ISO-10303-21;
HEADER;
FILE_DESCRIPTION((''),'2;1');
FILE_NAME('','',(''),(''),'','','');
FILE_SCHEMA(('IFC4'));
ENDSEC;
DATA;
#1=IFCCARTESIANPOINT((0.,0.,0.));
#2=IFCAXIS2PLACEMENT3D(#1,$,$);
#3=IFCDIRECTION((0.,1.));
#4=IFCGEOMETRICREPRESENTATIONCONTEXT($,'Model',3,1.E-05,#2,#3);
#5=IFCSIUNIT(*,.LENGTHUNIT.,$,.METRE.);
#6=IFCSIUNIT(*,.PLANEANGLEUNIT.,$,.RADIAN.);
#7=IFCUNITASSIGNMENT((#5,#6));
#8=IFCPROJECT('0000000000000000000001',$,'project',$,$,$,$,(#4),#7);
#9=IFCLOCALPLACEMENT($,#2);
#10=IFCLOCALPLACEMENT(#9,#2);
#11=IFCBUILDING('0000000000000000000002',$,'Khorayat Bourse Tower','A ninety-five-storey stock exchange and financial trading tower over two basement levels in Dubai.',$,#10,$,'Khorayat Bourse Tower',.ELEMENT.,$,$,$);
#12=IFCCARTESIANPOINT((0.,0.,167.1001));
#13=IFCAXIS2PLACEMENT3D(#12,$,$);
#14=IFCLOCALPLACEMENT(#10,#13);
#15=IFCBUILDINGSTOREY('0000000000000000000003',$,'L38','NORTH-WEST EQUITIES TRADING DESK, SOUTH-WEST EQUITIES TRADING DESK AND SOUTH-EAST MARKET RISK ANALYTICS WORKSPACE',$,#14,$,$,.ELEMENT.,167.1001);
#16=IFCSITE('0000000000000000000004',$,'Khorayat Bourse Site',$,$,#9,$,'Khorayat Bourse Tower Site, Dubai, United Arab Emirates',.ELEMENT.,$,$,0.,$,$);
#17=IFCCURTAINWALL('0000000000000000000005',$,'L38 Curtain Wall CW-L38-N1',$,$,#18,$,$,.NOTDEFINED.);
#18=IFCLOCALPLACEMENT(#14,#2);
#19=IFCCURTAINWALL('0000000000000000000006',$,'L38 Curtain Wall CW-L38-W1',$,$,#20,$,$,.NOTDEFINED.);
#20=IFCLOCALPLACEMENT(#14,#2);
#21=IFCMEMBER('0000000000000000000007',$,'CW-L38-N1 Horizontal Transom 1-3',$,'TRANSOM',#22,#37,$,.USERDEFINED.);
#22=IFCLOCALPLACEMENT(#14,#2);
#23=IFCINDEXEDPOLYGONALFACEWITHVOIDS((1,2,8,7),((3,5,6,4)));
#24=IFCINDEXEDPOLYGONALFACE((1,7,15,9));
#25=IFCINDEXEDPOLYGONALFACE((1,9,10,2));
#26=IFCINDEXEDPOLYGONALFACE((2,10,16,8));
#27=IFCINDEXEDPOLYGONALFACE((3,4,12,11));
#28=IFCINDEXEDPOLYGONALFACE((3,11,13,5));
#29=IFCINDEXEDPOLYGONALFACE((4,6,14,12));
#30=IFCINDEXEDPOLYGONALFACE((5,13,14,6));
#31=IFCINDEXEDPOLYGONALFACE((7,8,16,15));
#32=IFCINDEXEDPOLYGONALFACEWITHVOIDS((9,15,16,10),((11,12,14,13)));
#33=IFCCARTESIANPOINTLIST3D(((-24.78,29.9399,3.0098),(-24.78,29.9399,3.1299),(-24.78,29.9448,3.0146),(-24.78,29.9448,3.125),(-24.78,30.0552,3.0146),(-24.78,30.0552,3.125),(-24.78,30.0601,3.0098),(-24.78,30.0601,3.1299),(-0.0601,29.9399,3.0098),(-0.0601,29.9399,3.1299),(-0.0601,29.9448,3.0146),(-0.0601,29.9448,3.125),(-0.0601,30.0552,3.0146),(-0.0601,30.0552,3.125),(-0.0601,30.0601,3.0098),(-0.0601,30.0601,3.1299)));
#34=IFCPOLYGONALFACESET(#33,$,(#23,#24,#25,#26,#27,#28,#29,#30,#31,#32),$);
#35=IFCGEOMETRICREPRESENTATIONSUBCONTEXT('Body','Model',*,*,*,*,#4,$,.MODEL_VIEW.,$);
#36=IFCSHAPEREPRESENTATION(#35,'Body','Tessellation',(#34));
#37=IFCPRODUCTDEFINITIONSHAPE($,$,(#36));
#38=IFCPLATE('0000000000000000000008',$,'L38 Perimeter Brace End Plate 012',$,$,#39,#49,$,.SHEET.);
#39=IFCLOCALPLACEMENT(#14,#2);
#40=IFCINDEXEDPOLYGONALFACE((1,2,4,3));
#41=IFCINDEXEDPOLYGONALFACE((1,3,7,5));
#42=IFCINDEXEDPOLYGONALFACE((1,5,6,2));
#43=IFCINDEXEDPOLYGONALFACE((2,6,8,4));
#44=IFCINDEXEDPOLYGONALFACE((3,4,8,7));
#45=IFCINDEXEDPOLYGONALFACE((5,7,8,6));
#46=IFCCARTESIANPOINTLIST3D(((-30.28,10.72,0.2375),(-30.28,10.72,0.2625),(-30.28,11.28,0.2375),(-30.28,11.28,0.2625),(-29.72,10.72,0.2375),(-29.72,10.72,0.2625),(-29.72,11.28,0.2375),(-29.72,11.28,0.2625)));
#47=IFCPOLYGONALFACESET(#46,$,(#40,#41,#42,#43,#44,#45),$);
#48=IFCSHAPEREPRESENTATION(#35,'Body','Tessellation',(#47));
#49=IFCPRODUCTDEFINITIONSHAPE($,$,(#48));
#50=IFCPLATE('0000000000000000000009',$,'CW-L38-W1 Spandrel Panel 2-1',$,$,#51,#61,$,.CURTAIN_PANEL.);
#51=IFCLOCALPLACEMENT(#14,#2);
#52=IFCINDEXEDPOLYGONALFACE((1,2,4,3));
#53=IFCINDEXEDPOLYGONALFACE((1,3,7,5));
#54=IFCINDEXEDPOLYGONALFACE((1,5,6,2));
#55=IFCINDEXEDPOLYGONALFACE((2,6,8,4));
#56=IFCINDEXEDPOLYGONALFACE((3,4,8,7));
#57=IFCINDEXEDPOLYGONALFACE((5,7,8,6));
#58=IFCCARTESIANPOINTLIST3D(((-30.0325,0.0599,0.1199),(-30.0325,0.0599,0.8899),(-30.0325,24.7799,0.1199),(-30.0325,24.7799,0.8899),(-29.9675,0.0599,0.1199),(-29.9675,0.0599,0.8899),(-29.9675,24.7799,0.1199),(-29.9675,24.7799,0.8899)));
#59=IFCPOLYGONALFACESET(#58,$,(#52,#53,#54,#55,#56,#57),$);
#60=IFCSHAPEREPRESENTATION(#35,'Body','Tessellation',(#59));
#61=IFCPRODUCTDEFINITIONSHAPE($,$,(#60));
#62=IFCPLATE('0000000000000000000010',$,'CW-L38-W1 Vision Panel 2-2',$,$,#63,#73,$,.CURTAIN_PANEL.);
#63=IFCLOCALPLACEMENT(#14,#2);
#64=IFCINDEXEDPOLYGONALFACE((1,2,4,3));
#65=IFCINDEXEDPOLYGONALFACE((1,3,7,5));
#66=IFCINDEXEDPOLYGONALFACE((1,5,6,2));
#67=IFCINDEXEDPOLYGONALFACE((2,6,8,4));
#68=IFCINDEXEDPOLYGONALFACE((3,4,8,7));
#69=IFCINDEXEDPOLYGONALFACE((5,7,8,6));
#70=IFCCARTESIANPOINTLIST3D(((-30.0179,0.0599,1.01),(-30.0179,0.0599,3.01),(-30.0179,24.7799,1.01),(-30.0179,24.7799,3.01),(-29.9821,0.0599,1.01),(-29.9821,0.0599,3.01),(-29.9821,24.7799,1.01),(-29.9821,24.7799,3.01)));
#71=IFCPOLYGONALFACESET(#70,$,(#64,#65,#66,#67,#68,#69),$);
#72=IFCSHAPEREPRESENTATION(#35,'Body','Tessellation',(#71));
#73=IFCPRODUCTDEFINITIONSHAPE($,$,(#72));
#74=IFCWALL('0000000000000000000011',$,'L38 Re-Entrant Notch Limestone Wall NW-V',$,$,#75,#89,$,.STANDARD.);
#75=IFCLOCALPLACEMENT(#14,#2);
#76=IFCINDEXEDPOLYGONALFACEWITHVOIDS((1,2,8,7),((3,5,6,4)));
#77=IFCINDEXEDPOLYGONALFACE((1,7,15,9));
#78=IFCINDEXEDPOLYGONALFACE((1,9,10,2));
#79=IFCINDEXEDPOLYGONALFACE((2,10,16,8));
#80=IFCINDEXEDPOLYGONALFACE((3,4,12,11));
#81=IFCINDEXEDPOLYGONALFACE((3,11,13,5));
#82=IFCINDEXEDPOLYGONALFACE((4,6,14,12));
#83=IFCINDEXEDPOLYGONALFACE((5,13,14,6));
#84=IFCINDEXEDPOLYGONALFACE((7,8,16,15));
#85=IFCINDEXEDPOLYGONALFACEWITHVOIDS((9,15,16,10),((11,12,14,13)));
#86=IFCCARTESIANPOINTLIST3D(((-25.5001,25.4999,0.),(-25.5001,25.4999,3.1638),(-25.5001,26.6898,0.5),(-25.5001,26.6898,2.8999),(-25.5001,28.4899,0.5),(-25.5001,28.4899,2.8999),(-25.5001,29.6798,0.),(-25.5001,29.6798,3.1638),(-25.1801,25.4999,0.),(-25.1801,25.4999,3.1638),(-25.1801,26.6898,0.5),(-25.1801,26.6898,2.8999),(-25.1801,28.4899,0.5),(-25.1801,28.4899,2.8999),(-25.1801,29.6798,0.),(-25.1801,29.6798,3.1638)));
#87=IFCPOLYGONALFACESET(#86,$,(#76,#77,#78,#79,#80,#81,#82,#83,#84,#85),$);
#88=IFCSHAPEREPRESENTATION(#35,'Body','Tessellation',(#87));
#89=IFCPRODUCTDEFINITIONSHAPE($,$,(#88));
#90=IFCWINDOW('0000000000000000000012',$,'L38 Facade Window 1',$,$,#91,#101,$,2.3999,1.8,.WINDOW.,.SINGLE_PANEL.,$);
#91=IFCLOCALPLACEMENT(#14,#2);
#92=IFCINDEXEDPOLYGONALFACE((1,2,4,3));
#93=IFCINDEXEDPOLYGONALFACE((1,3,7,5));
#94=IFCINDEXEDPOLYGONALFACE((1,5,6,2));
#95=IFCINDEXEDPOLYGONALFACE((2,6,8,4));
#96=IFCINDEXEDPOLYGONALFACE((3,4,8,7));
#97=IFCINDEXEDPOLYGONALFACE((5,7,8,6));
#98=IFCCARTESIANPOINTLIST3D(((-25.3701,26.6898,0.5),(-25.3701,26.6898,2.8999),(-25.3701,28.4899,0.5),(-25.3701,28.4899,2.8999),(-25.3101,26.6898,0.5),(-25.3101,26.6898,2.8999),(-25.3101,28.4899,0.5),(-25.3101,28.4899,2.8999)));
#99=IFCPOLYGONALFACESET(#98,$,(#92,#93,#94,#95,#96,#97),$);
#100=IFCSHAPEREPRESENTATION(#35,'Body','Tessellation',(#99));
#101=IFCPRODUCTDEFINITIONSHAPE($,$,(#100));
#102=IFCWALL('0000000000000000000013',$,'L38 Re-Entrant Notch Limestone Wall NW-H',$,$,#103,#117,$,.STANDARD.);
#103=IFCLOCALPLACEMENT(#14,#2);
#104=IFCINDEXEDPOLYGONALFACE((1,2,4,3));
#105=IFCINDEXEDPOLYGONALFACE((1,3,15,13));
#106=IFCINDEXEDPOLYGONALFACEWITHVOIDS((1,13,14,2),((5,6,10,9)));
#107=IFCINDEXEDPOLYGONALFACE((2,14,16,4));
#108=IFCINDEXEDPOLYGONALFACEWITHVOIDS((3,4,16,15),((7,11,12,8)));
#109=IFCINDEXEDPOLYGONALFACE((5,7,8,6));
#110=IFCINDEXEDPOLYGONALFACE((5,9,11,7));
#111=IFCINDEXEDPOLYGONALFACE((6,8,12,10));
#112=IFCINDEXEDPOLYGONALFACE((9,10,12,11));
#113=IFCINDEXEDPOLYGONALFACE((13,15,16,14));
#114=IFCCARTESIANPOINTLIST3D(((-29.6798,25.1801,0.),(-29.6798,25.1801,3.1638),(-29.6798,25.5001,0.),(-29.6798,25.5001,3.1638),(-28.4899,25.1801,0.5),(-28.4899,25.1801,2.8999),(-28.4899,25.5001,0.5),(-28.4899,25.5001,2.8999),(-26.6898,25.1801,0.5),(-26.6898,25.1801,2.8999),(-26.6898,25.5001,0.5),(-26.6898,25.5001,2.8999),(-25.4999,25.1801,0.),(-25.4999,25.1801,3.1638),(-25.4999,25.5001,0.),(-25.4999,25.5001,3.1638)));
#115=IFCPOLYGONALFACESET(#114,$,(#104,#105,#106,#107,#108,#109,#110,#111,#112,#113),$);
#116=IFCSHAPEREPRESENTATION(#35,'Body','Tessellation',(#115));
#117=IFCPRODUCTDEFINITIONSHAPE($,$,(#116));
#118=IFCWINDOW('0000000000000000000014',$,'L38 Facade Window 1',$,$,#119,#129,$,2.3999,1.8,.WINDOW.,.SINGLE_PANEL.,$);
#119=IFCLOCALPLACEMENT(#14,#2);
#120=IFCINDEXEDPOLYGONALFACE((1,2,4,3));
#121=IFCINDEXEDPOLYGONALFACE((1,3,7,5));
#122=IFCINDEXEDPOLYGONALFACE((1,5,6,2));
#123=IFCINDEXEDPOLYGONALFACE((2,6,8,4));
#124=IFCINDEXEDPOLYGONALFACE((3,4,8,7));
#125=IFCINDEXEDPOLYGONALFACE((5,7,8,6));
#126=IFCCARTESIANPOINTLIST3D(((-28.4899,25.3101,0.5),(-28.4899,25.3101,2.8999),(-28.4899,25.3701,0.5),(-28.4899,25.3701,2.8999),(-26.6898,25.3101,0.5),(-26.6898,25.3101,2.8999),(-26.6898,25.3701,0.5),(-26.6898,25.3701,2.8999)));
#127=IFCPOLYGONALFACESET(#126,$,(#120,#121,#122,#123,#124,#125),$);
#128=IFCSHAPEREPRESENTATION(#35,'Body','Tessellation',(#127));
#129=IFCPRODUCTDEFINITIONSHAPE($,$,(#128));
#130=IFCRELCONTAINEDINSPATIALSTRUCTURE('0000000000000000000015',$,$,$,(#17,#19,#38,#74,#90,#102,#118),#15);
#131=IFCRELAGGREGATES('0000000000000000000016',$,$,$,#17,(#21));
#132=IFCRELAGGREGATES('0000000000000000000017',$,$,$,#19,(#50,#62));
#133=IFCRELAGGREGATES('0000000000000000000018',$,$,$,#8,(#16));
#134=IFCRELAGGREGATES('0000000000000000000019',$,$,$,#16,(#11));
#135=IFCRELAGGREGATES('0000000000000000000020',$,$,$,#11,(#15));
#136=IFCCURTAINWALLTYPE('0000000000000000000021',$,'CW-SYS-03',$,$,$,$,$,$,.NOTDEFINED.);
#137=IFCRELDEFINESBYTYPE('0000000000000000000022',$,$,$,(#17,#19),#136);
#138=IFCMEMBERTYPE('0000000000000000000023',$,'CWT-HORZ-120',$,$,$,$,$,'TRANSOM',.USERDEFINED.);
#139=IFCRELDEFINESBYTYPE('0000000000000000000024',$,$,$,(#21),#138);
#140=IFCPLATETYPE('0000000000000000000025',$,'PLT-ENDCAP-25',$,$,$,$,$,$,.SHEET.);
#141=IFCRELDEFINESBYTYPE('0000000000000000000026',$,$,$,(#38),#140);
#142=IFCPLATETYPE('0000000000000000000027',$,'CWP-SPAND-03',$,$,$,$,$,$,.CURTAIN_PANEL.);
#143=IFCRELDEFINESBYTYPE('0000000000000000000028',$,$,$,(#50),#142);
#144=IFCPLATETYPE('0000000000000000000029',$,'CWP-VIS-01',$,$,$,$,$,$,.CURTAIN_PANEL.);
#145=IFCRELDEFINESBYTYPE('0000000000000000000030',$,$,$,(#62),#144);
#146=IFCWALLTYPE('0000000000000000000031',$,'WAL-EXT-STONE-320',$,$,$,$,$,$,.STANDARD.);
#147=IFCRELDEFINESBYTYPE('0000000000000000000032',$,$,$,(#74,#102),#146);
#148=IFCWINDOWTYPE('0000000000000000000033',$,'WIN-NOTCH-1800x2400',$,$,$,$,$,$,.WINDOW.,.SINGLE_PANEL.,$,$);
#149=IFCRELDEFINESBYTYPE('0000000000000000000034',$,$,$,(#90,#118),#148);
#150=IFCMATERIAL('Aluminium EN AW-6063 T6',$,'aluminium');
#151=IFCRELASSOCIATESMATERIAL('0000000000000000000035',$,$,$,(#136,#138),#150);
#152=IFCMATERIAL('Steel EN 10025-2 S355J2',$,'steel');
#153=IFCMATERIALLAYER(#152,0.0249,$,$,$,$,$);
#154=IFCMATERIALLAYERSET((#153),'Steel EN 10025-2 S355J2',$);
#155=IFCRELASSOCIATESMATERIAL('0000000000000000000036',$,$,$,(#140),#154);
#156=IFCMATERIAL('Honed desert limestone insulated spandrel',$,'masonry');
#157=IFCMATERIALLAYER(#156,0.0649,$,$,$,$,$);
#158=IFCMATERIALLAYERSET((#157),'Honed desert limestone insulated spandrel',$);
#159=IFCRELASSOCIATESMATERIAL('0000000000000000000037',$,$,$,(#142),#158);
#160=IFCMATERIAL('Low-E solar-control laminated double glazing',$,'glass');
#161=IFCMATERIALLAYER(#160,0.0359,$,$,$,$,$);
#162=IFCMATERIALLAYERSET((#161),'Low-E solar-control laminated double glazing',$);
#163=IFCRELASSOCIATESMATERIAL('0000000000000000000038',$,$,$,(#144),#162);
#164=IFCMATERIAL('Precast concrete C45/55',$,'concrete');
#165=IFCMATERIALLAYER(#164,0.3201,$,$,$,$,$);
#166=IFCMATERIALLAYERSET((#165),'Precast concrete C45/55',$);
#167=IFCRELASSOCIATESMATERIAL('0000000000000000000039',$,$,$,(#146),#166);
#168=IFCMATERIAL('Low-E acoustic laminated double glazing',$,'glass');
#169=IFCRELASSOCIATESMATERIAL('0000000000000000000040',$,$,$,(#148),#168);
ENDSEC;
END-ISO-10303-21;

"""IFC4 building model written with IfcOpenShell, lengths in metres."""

from ifc_helpers import new_model, si_unit, direction, frame, frame_2d, origin, origin_2d, place, context, subcontext, project, spatial, rectangle, hollow_rectangle, extrude, source, transform, mapped, material, layer, layer_set, material_profile, profile_set, type_object, element, fill, aggregate, save


model = new_model("IFC4")

# Units and contexts
model_context = context("Model", 3, precision=1e-05, world=origin(), true_north=direction((0.0, 1.0)))
body_context = subcontext(model_context, "Body", "Model", "MODEL_VIEW")
ifc_project = project(units=[si_unit("LENGTHUNIT", "METRE"), si_unit("PLANEANGLEUNIT", "RADIAN")], contexts=[model_context])

# Site, building, storey
site_placement = place(None, origin())
site = spatial("IfcSite", under=ifc_project, at=site_placement, Name="Khorayat Bourse Site", LongName="Khorayat Bourse Tower Site, Dubai, United Arab Emirates", CompositionType="ELEMENT", RefElevation=0.0)
building_placement = place(site_placement, origin())
building = spatial("IfcBuilding", under=site, at=building_placement, Name="Khorayat Bourse Tower", Description="A ninety-five-storey stock exchange and financial trading tower over two basement levels in Dubai.", LongName="Khorayat Bourse Tower", CompositionType="ELEMENT")
storey_placement = place(building_placement, frame((0.0, 0.0, 167.1001)))
storey = spatial("IfcBuildingStorey", under=building, at=storey_placement, Name="L38", Description="NORTH-WEST EQUITIES TRADING DESK, SOUTH-WEST EQUITIES TRADING DESK AND SOUTH-EAST MARKET RISK ANALYTICS WORKSPACE", CompositionType="ELEMENT", Elevation=167.1001)

# Curtain wall
ifc_material_1 = material(Name="Aluminium EN AW-6063 T6", Category="aluminium")
curtain_wall_type = type_object("IfcCurtainWallType", Name="CW-SYS-03", PredefinedType="NOTDEFINED", material=ifc_material_1)
curtain_wall_1_placement = place(storey_placement, origin())
curtain_wall_1 = element("IfcCurtainWall", 1, at=curtain_wall_1_placement, inside=storey, type_object=curtain_wall_type, Name="L38 Curtain Wall CW-L38-N1", PredefinedType="NOTDEFINED")

# Curtain wall
curtain_wall_2_placement = place(storey_placement, origin())
curtain_wall_2 = element("IfcCurtainWall", 2, at=curtain_wall_2_placement, inside=storey, type_object=curtain_wall_type, Name="L38 Curtain Wall CW-L38-W1", PredefinedType="NOTDEFINED")

# Member
ifc_material_profile_1 = material_profile(ifc_material_1, hollow_rectangle(XDim=0.1201, YDim=0.1201, WallThickness=0.0049, at=origin_2d()), Name="ALU 120x120x5")
ifc_profile_set_1 = profile_set([ifc_material_profile_1], Name="Aluminium EN AW-6063 T6")
member_type_1 = type_object("IfcMemberType", Name="CWT-HORZ-120", ElementType="TRANSOM", PredefinedType="USERDEFINED", material=ifc_profile_set_1)
shared_shape_1 = source(origin(), body_context, "Body", "SweptSolid", [
    extrude(hollow_rectangle(XDim=0.1201, YDim=0.1201, WallThickness=0.0049, at=origin_2d()), origin(), (0.0, 0.0, 1.0), 24.72),
])
member_1_placement = place(storey_placement, frame((-24.78, 30.0, 3.0698), z_axis=(1.0, 0.0, 0.0), x_axis=(0.0, 1.0, 0.0)))
member_1 = element("IfcMember", 3, at=member_1_placement, type_object=member_type_1, Name="CW-L38-N1 Horizontal Transom 1-3", ObjectType="TRANSOM", PredefinedType="USERDEFINED", context=body_context, shape_type="MappedRepresentation", body=[
    mapped(shared_shape_1, transform((0.0, 0.0, 0.0), scale=1.0)),
])
aggregate(curtain_wall_1, [member_1])

# Plates
ifc_material_2 = material(Name="Steel EN 10025-2 S355J2", Category="steel")
ifc_layer_1 = layer(ifc_material_2, 0.0249)
ifc_layer_set_1 = layer_set([ifc_layer_1], Name="Steel EN 10025-2 S355J2")
plate_type_1 = type_object("IfcPlateType", Name="PLT-ENDCAP-25", PredefinedType="SHEET", material=ifc_layer_set_1)
shared_shape_2 = source(origin(), body_context, "Body", "SweptSolid", [
    extrude(rectangle(XDim=0.5601, YDim=0.5601, at=origin_2d()), origin(), (0.0, 0.0, 1.0), 0.0249),
])
plate_1_placement = place(storey_placement, frame((-30.0, 11.0, 0.2375), z_axis=(0.0, 0.0, 1.0), x_axis=(1.0, 0.0, 0.0)))
element("IfcPlate", 4, at=plate_1_placement, inside=storey, type_object=plate_type_1, Name="L38 Perimeter Brace End Plate 012", PredefinedType="SHEET", context=body_context, shape_type="MappedRepresentation", body=[
    mapped(shared_shape_2, transform((0.0, 0.0, 0.0), scale=1.0)),
])
ifc_material_3 = material(Name="Honed desert limestone insulated spandrel", Category="masonry")
ifc_layer_2 = layer(ifc_material_3, 0.0649)
ifc_layer_set_2 = layer_set([ifc_layer_2], Name="Honed desert limestone insulated spandrel")
plate_type_2 = type_object("IfcPlateType", Name="CWP-SPAND-03", PredefinedType="CURTAIN_PANEL", material=ifc_layer_set_2)
shared_shape_3 = source(origin(), body_context, "Body", "SweptSolid", [
    extrude(rectangle(XDim=24.72, YDim=0.0649, at=origin_2d()), origin(), (0.0, 0.0, 1.0), 0.77),
])
plate_2_placement = place(storey_placement, frame((-30.0, 12.4199, 0.1199), z_axis=(0.0, 0.0, 1.0), x_axis=(0.0, 1.0, 0.0)))
plate_2 = element("IfcPlate", 5, at=plate_2_placement, type_object=plate_type_2, Name="CW-L38-W1 Spandrel Panel 2-1", PredefinedType="CURTAIN_PANEL", context=body_context, shape_type="MappedRepresentation", body=[
    mapped(shared_shape_3, transform((0.0, 0.0, 0.0), scale=1.0)),
])
ifc_material_4 = material(Name="Low-E solar-control laminated double glazing", Category="glass")
ifc_layer_3 = layer(ifc_material_4, 0.0359)
ifc_layer_set_3 = layer_set([ifc_layer_3], Name="Low-E solar-control laminated double glazing")
plate_type_3 = type_object("IfcPlateType", Name="CWP-VIS-01", PredefinedType="CURTAIN_PANEL", material=ifc_layer_set_3)
shared_shape_4 = source(origin(), body_context, "Body", "SweptSolid", [
    extrude(rectangle(XDim=24.72, YDim=0.0359, at=origin_2d()), origin(), (0.0, 0.0, 1.0), 2.0),
])
plate_3_placement = place(storey_placement, frame((-30.0, 12.4199, 1.01), z_axis=(0.0, 0.0, 1.0), x_axis=(0.0, 1.0, 0.0)))
plate_3 = element("IfcPlate", 6, at=plate_3_placement, type_object=plate_type_3, Name="CW-L38-W1 Vision Panel 2-2", PredefinedType="CURTAIN_PANEL", context=body_context, shape_type="MappedRepresentation", body=[
    mapped(shared_shape_4, transform((0.0, 0.0, 0.0), scale=1.0)),
])
aggregate(curtain_wall_2, [plate_2, plate_3])

# Walls, openings, windows
ifc_material_5 = material(Name="Precast concrete C45/55", Category="concrete")
ifc_layer_4 = layer(ifc_material_5, 0.3201)
ifc_layer_set_4 = layer_set([ifc_layer_4], Name="Precast concrete C45/55")
wall_type = type_object("IfcWallType", Name="WAL-EXT-STONE-320", PredefinedType="STANDARD", material=ifc_layer_set_4)
shared_shape_5 = source(origin(), body_context, "Body", "SweptSolid", [
    extrude(rectangle(XDim=4.1799, YDim=0.3201, at=frame_2d((2.0898, 0.0))), origin(), (0.0, 0.0, 1.0), 3.1638),
])
wall_1_placement = place(storey_placement, frame((-25.3401, 25.5, 0.0), z_axis=(0.0, 0.0, 1.0), x_axis=(0.0, 1.0, 0.0)))
wall_1 = element("IfcWall", 7, at=wall_1_placement, inside=storey, type_object=wall_type, Name="L38 Re-Entrant Notch Limestone Wall NW-V", PredefinedType="STANDARD", context=body_context, shape_type="MappedRepresentation", body=[
    mapped(shared_shape_5, transform((0.0, 0.0, 0.0), scale=1.0)),
])
shared_shape_6 = source(origin(), body_context, "Body", "SweptSolid", [
    extrude(rectangle(XDim=1.8, YDim=2.3999, at=frame_2d((0.8999, 1.2))), frame((0.0, 0.1699, 0.0), z_axis=(0.0, -1.0, 0.0), x_axis=(1.0, 0.0, 0.0)), (0.0, 0.0, 1.0), 0.3401),
])
opening_1_placement = place(wall_1_placement, frame((1.1899, 0.0, 0.5)))
opening_1 = element("IfcOpeningElement", 8, at=opening_1_placement, cuts=wall_1, PredefinedType="OPENING", context=body_context, shape_type="MappedRepresentation", body=[
    mapped(shared_shape_6, transform((0.0, 0.0, 0.0), scale=1.0)),
])
ifc_material_6 = material(Name="Low-E acoustic laminated double glazing", Category="glass")
window_type = type_object("IfcWindowType", Name="WIN-NOTCH-1800x2400", PartitioningType="SINGLE_PANEL", PredefinedType="WINDOW", material=ifc_material_6)
shared_shape_7 = source(origin(), body_context, "Body", "SweptSolid", [
    extrude(rectangle(XDim=1.8, YDim=2.3999, at=frame_2d((0.8999, 1.2))), frame((0.0, 0.03, 0.0), z_axis=(0.0, -1.0, 0.0), x_axis=(1.0, 0.0, 0.0)), (0.0, 0.0, 1.0), 0.0601),
])
window_1_placement = place(opening_1_placement, origin())
window_1 = element("IfcWindow", 9, at=window_1_placement, inside=storey, type_object=window_type, Name="L38 Facade Window 1", OverallHeight=2.3999, OverallWidth=1.8, PartitioningType="SINGLE_PANEL", PredefinedType="WINDOW", context=body_context, shape_type="MappedRepresentation", body=[
    mapped(shared_shape_7, transform((0.0, 0.0, 0.0), scale=1.0)),
])
fill(opening_1, window_1)
wall_2_placement = place(storey_placement, frame((-25.5, 25.3401, 0.0), z_axis=(0.0, 0.0, 1.0), x_axis=(-1.0, 0.0, 0.0)))
wall_2 = element("IfcWall", 10, at=wall_2_placement, inside=storey, type_object=wall_type, Name="L38 Re-Entrant Notch Limestone Wall NW-H", PredefinedType="STANDARD", context=body_context, shape_type="MappedRepresentation", body=[
    mapped(shared_shape_5, transform((0.0, 0.0, 0.0), scale=1.0)),
])
opening_2_placement = place(wall_2_placement, frame((1.1899, 0.0, 0.5)))
opening_2 = element("IfcOpeningElement", 11, at=opening_2_placement, cuts=wall_2, PredefinedType="OPENING", context=body_context, shape_type="MappedRepresentation", body=[
    mapped(shared_shape_6, transform((0.0, 0.0, 0.0), scale=1.0)),
])
window_2_placement = place(opening_2_placement, origin())
window_2 = element("IfcWindow", 12, at=window_2_placement, inside=storey, type_object=window_type, Name="L38 Facade Window 1", OverallHeight=2.3999, OverallWidth=1.8, PartitioningType="SINGLE_PANEL", PredefinedType="WINDOW", context=body_context, shape_type="MappedRepresentation", body=[
    mapped(shared_shape_7, transform((0.0, 0.0, 0.0), scale=1.0)),
])
fill(opening_2, window_2)

save(model, "model.ifc")
